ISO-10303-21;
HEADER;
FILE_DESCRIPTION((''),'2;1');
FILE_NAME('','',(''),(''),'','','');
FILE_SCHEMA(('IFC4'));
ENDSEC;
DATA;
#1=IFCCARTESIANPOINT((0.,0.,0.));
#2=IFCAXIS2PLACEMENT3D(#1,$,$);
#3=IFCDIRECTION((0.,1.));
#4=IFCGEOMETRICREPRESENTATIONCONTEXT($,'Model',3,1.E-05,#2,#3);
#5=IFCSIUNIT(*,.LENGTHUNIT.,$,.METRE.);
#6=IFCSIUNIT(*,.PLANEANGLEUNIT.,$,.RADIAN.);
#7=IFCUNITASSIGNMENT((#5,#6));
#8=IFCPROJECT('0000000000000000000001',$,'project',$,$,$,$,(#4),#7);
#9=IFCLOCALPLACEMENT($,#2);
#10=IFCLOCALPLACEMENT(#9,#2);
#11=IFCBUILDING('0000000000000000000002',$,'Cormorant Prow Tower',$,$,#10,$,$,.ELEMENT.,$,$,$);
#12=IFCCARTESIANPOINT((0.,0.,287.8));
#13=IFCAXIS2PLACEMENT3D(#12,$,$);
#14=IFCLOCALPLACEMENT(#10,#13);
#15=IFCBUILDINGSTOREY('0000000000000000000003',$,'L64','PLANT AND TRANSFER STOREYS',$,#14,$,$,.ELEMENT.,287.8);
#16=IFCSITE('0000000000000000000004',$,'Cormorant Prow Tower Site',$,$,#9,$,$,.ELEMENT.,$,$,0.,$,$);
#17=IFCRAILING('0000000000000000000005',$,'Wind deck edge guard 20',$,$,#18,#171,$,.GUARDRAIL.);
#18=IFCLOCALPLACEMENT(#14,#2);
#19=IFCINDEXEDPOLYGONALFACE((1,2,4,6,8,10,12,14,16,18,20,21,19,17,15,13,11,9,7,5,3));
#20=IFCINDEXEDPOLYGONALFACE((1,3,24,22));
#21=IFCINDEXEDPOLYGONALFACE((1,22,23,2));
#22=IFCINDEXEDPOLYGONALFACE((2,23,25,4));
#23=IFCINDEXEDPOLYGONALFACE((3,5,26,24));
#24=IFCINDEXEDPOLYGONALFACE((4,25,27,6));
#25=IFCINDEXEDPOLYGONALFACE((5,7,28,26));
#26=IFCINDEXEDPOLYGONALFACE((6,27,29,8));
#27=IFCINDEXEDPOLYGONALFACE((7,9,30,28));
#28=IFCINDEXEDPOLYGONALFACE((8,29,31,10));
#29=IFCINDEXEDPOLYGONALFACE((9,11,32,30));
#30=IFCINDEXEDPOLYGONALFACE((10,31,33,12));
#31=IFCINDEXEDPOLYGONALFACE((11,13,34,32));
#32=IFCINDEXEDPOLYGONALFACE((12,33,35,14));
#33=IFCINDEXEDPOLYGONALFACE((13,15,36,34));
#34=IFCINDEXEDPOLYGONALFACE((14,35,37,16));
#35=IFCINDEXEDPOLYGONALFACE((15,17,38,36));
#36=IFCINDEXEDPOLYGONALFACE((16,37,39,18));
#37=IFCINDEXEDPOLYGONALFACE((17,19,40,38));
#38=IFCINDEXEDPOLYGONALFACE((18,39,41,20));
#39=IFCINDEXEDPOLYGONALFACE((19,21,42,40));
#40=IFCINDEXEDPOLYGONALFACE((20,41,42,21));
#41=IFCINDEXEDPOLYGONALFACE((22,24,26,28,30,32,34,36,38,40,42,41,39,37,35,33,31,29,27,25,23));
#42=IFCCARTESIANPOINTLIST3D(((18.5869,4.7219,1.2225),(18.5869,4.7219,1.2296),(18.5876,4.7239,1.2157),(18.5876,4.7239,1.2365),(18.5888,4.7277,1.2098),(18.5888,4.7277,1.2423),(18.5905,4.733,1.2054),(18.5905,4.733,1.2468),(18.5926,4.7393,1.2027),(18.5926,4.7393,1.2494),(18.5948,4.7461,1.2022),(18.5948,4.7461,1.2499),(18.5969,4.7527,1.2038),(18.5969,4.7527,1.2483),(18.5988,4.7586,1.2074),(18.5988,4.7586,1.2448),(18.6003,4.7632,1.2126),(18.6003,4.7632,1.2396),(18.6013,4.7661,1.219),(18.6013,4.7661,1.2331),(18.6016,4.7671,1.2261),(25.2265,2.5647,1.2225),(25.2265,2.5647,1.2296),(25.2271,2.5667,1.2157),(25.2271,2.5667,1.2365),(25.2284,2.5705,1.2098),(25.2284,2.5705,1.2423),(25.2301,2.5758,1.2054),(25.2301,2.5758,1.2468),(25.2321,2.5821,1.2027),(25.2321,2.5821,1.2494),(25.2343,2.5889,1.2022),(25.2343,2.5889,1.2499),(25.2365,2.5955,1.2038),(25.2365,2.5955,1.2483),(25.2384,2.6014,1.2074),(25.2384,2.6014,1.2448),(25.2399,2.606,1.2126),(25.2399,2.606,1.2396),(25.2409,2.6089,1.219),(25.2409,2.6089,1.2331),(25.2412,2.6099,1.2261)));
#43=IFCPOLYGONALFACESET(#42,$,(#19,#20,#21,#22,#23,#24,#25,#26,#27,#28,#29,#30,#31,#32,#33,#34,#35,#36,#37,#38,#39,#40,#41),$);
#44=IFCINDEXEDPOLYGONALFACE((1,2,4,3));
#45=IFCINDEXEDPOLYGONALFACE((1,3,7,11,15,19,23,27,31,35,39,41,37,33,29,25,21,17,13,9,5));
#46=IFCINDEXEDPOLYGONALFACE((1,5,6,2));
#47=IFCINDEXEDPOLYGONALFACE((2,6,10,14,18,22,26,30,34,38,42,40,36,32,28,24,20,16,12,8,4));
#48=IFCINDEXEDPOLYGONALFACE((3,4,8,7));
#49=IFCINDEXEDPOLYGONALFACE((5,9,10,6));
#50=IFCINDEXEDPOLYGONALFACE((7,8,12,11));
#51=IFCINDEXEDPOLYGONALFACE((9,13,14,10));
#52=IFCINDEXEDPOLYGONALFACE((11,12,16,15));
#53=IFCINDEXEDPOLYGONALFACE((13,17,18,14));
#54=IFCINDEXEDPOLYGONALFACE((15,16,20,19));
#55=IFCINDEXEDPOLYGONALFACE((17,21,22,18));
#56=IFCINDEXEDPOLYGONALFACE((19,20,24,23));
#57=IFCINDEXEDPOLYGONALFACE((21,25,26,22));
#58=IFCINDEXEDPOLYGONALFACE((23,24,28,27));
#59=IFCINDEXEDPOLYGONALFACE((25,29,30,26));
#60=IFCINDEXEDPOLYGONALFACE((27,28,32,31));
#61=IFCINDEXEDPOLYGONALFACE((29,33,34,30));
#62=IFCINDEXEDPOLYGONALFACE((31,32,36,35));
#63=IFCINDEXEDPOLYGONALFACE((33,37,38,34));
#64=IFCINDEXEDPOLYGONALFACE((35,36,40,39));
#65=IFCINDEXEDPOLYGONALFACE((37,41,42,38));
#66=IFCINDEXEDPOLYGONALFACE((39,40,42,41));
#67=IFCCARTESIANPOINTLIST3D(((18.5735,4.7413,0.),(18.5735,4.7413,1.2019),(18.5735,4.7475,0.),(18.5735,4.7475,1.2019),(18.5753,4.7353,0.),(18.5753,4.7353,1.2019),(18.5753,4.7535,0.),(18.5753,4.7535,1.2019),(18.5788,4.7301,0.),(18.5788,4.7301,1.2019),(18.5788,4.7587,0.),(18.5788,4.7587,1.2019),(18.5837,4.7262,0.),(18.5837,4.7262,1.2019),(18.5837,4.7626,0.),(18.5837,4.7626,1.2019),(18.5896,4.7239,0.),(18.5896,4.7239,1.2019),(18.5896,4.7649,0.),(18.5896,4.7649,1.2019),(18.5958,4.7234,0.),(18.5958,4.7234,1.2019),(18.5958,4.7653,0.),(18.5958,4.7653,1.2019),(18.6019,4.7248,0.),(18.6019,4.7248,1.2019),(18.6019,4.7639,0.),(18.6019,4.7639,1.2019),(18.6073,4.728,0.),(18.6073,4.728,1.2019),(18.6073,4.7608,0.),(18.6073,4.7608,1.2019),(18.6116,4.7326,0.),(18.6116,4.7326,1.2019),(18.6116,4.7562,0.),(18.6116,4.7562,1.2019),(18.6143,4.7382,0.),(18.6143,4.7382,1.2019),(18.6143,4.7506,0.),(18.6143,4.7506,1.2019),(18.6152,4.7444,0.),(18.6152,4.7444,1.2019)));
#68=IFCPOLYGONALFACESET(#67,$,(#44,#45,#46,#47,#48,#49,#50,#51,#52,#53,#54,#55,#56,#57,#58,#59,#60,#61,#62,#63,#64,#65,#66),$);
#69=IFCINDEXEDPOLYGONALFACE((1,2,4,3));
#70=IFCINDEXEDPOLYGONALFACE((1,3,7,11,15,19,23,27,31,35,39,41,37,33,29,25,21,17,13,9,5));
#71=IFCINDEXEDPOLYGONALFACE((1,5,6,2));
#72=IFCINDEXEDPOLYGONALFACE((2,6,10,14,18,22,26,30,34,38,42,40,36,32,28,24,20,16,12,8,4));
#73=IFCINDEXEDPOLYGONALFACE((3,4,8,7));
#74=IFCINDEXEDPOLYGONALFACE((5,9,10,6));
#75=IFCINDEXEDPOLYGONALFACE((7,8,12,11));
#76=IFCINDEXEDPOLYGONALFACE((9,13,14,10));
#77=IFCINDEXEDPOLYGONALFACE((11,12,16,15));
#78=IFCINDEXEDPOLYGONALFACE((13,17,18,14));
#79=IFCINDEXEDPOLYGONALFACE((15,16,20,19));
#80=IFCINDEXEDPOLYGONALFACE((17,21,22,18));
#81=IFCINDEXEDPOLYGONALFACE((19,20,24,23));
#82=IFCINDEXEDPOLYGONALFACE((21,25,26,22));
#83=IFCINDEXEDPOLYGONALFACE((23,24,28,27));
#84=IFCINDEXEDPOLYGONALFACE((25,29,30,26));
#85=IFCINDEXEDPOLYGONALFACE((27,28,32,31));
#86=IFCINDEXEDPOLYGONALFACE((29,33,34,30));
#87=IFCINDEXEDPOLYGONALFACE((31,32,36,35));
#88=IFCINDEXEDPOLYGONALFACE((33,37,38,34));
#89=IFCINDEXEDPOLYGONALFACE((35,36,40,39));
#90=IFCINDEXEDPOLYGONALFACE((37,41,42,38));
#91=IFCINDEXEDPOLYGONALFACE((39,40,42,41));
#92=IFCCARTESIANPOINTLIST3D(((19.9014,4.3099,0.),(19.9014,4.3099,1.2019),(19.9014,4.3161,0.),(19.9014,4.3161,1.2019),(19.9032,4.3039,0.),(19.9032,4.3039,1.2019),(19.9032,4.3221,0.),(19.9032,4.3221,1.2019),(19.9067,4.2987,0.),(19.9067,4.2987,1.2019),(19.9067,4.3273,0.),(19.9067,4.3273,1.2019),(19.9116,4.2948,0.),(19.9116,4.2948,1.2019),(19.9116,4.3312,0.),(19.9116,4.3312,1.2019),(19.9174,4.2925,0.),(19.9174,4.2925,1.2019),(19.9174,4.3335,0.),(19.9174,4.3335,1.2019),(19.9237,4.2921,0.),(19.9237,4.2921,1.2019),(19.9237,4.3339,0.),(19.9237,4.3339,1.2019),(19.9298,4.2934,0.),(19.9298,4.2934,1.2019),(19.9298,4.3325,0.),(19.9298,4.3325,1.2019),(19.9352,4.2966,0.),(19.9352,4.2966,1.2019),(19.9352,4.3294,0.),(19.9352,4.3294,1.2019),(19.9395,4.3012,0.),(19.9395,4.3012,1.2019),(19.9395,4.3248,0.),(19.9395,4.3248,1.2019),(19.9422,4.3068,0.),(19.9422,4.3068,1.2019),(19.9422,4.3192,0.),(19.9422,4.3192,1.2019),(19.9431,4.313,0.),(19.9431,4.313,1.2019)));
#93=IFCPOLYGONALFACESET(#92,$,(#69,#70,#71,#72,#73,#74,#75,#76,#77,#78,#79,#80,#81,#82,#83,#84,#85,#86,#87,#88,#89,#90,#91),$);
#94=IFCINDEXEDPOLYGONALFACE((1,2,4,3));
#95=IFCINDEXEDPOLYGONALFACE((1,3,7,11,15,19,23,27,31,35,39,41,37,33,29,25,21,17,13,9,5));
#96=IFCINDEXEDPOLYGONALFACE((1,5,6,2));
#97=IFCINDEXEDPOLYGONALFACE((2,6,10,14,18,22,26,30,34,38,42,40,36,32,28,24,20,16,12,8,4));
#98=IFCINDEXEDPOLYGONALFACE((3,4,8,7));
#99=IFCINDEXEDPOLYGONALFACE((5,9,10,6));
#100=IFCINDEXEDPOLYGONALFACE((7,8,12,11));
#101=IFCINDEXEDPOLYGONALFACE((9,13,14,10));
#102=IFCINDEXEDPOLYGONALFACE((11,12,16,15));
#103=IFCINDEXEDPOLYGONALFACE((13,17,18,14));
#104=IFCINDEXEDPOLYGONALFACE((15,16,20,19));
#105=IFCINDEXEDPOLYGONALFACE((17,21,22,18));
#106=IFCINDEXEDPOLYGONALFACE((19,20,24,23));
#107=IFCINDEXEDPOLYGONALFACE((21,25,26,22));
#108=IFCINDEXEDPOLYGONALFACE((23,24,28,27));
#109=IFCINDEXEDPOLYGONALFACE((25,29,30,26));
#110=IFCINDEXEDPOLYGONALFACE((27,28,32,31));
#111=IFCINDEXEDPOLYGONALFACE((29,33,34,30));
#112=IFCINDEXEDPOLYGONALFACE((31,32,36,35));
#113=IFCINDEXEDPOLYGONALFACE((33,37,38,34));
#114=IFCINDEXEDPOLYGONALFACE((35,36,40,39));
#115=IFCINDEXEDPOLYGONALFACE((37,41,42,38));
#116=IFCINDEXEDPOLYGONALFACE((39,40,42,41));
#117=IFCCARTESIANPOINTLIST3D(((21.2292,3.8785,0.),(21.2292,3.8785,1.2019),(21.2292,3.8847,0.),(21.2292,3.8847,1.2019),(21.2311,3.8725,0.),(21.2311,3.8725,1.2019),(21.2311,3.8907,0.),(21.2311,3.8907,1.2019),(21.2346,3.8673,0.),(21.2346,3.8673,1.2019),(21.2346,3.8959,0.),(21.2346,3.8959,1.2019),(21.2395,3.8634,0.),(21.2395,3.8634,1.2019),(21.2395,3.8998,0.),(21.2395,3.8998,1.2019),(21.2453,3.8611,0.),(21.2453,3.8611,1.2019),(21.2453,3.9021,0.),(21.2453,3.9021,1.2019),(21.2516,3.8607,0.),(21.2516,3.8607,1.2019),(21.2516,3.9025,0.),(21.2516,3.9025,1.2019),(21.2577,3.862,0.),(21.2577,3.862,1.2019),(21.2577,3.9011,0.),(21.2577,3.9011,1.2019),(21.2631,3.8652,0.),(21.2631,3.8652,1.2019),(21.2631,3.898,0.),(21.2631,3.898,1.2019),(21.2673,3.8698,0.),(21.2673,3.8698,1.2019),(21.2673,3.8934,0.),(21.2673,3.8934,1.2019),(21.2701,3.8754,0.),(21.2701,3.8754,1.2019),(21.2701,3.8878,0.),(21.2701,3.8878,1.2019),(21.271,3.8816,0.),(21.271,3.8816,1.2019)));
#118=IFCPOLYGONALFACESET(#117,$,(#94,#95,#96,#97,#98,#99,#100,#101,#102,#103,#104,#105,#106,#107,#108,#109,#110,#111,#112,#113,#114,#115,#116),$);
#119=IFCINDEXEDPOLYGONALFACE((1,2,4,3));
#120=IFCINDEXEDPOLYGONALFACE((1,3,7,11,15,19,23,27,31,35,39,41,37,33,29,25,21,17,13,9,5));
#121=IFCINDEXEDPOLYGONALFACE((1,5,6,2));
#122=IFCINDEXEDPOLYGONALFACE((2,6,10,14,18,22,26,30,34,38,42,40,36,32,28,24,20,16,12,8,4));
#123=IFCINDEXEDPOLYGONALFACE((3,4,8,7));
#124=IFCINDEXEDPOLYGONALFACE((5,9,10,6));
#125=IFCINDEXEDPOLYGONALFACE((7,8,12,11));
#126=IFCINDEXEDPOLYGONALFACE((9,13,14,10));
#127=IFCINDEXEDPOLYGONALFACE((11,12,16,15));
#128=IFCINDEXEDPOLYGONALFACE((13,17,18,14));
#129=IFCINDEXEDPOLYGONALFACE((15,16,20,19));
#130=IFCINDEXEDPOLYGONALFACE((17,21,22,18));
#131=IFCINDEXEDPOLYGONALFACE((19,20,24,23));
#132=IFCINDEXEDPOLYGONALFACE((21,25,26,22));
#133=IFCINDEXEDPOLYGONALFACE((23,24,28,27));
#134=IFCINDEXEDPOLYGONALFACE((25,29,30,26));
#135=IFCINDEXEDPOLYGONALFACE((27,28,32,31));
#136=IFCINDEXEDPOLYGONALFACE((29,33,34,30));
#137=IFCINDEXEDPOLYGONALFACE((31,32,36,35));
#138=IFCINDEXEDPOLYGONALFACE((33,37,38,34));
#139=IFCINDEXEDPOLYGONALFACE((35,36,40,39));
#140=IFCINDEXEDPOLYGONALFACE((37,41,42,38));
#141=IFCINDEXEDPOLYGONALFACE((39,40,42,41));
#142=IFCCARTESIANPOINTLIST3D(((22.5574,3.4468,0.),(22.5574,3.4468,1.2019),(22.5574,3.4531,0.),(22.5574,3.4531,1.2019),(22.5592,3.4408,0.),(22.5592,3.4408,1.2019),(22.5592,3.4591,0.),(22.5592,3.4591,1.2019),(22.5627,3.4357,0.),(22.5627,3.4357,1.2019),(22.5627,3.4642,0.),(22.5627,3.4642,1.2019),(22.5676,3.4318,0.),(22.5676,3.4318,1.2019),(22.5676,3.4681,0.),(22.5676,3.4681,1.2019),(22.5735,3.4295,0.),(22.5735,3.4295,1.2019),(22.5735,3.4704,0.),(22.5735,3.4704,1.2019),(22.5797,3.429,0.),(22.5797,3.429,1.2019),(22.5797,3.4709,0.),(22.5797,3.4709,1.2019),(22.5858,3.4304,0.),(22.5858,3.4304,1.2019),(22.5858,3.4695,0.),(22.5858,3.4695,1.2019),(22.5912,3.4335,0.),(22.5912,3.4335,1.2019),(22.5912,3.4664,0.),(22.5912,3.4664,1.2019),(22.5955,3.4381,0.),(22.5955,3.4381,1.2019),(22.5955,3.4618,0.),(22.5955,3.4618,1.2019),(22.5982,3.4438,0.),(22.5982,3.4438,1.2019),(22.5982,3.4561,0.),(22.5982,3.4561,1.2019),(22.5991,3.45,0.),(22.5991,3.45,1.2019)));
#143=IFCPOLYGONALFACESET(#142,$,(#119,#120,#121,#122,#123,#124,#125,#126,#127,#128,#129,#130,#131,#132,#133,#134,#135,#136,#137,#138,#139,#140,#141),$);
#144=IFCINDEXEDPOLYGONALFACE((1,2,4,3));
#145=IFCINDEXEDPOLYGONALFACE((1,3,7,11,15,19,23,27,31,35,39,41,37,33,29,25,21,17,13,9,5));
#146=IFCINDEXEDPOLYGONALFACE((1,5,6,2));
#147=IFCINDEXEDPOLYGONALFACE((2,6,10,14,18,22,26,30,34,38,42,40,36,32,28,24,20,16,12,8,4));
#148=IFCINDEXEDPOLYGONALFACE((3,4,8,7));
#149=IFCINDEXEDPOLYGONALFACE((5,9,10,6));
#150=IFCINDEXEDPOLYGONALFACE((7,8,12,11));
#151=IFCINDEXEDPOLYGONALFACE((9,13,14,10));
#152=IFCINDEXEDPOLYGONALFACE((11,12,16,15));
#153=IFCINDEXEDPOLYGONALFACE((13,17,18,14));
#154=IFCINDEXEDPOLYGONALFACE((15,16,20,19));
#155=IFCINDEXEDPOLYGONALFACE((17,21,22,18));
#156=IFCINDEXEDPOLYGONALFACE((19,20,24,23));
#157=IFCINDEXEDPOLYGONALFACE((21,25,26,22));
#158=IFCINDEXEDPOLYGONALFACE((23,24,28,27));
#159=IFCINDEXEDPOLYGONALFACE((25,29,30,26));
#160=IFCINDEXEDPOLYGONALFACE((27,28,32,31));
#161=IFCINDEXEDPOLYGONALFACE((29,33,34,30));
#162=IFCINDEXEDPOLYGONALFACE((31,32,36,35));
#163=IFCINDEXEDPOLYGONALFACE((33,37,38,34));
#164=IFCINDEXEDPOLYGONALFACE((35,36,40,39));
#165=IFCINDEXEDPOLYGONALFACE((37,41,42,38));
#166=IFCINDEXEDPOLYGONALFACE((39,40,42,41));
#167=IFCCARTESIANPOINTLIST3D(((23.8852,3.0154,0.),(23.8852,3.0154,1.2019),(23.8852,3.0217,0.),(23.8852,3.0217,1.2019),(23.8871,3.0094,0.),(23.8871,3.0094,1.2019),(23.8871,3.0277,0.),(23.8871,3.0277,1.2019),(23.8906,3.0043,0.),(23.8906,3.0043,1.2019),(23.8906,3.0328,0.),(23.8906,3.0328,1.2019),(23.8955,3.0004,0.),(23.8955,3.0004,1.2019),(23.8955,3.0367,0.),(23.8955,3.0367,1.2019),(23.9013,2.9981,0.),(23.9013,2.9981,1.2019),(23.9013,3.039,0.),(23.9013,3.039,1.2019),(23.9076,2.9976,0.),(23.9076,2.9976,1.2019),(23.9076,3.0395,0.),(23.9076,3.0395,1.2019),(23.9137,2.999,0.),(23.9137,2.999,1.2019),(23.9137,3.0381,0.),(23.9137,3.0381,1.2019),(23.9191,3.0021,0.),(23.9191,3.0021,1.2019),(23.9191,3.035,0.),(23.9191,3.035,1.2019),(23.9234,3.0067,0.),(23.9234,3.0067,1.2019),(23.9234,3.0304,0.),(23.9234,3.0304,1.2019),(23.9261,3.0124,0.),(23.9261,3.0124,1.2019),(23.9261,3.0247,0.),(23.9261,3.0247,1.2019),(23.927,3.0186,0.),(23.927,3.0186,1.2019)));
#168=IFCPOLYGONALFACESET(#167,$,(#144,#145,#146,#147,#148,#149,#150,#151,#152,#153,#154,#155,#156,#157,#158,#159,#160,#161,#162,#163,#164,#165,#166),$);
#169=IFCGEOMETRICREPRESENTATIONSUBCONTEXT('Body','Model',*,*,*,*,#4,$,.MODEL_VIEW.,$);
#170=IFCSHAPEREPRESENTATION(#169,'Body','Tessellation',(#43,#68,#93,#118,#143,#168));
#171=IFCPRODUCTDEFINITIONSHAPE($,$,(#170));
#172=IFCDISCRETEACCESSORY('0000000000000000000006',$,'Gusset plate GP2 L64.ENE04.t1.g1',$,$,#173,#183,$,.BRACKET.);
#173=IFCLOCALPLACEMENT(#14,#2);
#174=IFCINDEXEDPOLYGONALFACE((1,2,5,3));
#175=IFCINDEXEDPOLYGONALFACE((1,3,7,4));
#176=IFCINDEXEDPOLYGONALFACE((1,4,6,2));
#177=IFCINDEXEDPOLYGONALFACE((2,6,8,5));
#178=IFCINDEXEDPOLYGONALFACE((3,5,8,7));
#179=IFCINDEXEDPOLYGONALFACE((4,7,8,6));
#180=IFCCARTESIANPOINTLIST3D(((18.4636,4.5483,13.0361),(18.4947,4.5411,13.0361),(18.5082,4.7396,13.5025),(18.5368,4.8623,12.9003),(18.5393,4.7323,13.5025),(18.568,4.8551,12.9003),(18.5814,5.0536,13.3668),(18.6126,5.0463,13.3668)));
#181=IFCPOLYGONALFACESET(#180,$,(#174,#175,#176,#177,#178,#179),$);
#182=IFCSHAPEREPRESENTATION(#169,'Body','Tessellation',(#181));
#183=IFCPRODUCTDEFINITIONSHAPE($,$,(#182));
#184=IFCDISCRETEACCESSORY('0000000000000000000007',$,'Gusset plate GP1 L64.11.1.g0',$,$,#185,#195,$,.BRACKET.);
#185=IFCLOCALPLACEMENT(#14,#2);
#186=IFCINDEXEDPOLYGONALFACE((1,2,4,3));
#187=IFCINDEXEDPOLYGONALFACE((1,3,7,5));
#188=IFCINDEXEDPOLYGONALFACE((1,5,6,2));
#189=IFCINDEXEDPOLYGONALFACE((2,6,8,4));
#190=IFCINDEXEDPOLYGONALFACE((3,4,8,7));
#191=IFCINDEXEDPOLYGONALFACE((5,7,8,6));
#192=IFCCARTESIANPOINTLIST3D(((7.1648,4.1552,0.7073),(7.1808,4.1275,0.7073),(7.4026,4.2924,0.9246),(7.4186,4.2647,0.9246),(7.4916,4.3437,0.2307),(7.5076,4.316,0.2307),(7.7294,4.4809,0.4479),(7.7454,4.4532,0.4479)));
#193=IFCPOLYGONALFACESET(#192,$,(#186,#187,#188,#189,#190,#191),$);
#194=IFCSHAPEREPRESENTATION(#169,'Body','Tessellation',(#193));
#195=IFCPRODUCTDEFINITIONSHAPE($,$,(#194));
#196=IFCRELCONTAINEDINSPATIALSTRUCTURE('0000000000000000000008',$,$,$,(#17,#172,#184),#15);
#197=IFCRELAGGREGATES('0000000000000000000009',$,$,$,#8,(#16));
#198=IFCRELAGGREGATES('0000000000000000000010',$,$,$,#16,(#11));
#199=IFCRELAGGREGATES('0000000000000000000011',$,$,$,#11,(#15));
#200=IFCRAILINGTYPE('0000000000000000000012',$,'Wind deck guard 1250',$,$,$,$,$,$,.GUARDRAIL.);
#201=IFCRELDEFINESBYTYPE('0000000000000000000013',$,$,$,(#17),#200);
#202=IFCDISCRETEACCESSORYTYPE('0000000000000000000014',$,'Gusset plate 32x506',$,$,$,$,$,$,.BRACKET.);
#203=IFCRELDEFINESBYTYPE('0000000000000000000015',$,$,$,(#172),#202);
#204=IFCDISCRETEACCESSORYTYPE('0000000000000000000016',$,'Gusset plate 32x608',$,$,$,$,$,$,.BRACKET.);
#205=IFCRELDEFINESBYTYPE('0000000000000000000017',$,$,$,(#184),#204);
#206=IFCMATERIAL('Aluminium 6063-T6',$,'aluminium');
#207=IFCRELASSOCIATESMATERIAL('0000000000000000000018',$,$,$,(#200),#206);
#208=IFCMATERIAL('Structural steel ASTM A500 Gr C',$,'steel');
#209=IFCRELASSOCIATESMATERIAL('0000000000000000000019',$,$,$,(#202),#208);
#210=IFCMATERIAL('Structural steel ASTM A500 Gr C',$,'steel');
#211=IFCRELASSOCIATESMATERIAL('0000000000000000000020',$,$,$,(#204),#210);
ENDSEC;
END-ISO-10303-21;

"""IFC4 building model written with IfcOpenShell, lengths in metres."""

from ifc_helpers import new_model, si_unit, direction, frame, origin, origin_2d, place, context, subcontext, project, spatial, rectangle, circle, extrude, material, material_profile, profile_set, type_object, element, save


model = new_model("IFC4")

# Units and contexts
model_context = context("Model", 3, precision=1e-05, world=origin(), true_north=direction((0.0, 1.0)))
body_context = subcontext(model_context, "Body", "Model", "MODEL_VIEW")
ifc_project = project(units=[si_unit("LENGTHUNIT", "METRE"), si_unit("PLANEANGLEUNIT", "RADIAN")], contexts=[model_context])

# Site, building, storey
site_placement = place(None, origin())
site = spatial("IfcSite", under=ifc_project, at=site_placement, Name="Cormorant Prow Tower Site", CompositionType="ELEMENT", RefElevation=0.0)
building_placement = place(site_placement, origin())
building = spatial("IfcBuilding", under=site, at=building_placement, Name="Cormorant Prow Tower", CompositionType="ELEMENT")
storey_placement = place(building_placement, frame((0.0, 0.0, 287.8)))
storey = spatial("IfcBuildingStorey", under=building, at=storey_placement, Name="L64", Description="PLANT AND TRANSFER STOREYS", CompositionType="ELEMENT", Elevation=287.8)

# Railing
ifc_material_1 = material(Name="Aluminium 6063-T6", Category="aluminium")
railing_type = type_object("IfcRailingType", Name="Wind deck guard 1250", PredefinedType="GUARDRAIL", material=ifc_material_1)
railing_placement = place(storey_placement, frame((18.5942, 4.7444, 0.0)))
element("IfcRailing", 1, at=railing_placement, inside=storey, type_object=railing_type, Name="Wind deck edge guard 20", PredefinedType="GUARDRAIL", context=body_context, shape_type="SweptSolid", body=[
    extrude(circle(Radius=0.0239, at=origin_2d()), frame((0.0, 0.0, 1.2261), z_axis=(0.951062, -0.309001, 0.0), x_axis=(0.309001, 0.951062, 0.0)), (0.0, 0.0, 1.0), 6.9812),
    extrude(circle(Radius=0.021, at=origin_2d()), origin(), (0.0, 0.0, 1.0), 1.2019),
    extrude(circle(Radius=0.021, at=origin_2d()), frame((1.3279, -0.4314, 0.0)), (0.0, 0.0, 1.0), 1.2019),
    extrude(circle(Radius=0.021, at=origin_2d()), frame((2.6558, -0.8628, 0.0)), (0.0, 0.0, 1.0), 1.2019),
    extrude(circle(Radius=0.021, at=origin_2d()), frame((3.9839, -1.2944, 0.0)), (0.0, 0.0, 1.0), 1.2019),
    extrude(circle(Radius=0.021, at=origin_2d()), frame((5.3118, -1.7258, 0.0)), (0.0, 0.0, 1.0), 1.2019),
])

# Discrete accessories
ifc_material_2 = material(Name="Structural steel ASTM A500 Gr C", Category="steel")
ifc_material_profile_1 = material_profile(ifc_material_2, rectangle(XDim=0.032, YDim=0.5061, at=origin_2d()), Name="Gusset plate 32x506")
ifc_profile_set_1 = profile_set([ifc_material_profile_1], Name="Structural steel ASTM A500 Gr C")
discrete_accessory_type_1 = type_object("IfcDiscreteAccessoryType", Name="Gusset plate 32x506", PredefinedType="BRACKET", material=ifc_profile_set_1)
discrete_accessory_1_placement = place(storey_placement, frame((18.5747, 4.9543, 13.1335), z_axis=(-0.209379, -0.89754, 0.38805), x_axis=(0.973852, -0.227182, 0.0)))
element("IfcDiscreteAccessory", 2, at=discrete_accessory_1_placement, inside=storey, type_object=discrete_accessory_type_1, Name="Gusset plate GP2 L64.ENE04.t1.g1", PredefinedType="BRACKET", context=body_context, shape_type="SweptSolid", body=[
    extrude(rectangle(XDim=0.032, YDim=0.5061, at=origin_2d()), origin(), (0.0, 0.0, 1.0), 0.3499),
])
ifc_material_3 = material(Name="Structural steel ASTM A500 Gr C", Category="steel")
ifc_material_profile_2 = material_profile(ifc_material_3, rectangle(XDim=0.032, YDim=0.6079, at=origin_2d()), Name="Gusset plate 32x608")
ifc_profile_set_2 = profile_set([ifc_material_profile_2], Name="Structural steel ASTM A500 Gr C")
discrete_accessory_type_2 = type_object("IfcDiscreteAccessoryType", Name="Gusset plate 32x608", PredefinedType="BRACKET", material=ifc_profile_set_2)
discrete_accessory_2_placement = place(storey_placement, frame((7.574, 4.3728, 0.6863), z_axis=(-0.679175, -0.391886, -0.620602), x_axis=(0.499774, -0.866156, 0.0)))
element("IfcDiscreteAccessory", 3, at=discrete_accessory_2_placement, inside=storey, type_object=discrete_accessory_type_2, Name="Gusset plate GP1 L64.11.1.g0", PredefinedType="BRACKET", context=body_context, shape_type="SweptSolid", body=[
    extrude(rectangle(XDim=0.032, YDim=0.6079, at=origin_2d()), origin(), (0.0, 0.0, 1.0), 0.3501),
])

save(model, "model.ifc")
